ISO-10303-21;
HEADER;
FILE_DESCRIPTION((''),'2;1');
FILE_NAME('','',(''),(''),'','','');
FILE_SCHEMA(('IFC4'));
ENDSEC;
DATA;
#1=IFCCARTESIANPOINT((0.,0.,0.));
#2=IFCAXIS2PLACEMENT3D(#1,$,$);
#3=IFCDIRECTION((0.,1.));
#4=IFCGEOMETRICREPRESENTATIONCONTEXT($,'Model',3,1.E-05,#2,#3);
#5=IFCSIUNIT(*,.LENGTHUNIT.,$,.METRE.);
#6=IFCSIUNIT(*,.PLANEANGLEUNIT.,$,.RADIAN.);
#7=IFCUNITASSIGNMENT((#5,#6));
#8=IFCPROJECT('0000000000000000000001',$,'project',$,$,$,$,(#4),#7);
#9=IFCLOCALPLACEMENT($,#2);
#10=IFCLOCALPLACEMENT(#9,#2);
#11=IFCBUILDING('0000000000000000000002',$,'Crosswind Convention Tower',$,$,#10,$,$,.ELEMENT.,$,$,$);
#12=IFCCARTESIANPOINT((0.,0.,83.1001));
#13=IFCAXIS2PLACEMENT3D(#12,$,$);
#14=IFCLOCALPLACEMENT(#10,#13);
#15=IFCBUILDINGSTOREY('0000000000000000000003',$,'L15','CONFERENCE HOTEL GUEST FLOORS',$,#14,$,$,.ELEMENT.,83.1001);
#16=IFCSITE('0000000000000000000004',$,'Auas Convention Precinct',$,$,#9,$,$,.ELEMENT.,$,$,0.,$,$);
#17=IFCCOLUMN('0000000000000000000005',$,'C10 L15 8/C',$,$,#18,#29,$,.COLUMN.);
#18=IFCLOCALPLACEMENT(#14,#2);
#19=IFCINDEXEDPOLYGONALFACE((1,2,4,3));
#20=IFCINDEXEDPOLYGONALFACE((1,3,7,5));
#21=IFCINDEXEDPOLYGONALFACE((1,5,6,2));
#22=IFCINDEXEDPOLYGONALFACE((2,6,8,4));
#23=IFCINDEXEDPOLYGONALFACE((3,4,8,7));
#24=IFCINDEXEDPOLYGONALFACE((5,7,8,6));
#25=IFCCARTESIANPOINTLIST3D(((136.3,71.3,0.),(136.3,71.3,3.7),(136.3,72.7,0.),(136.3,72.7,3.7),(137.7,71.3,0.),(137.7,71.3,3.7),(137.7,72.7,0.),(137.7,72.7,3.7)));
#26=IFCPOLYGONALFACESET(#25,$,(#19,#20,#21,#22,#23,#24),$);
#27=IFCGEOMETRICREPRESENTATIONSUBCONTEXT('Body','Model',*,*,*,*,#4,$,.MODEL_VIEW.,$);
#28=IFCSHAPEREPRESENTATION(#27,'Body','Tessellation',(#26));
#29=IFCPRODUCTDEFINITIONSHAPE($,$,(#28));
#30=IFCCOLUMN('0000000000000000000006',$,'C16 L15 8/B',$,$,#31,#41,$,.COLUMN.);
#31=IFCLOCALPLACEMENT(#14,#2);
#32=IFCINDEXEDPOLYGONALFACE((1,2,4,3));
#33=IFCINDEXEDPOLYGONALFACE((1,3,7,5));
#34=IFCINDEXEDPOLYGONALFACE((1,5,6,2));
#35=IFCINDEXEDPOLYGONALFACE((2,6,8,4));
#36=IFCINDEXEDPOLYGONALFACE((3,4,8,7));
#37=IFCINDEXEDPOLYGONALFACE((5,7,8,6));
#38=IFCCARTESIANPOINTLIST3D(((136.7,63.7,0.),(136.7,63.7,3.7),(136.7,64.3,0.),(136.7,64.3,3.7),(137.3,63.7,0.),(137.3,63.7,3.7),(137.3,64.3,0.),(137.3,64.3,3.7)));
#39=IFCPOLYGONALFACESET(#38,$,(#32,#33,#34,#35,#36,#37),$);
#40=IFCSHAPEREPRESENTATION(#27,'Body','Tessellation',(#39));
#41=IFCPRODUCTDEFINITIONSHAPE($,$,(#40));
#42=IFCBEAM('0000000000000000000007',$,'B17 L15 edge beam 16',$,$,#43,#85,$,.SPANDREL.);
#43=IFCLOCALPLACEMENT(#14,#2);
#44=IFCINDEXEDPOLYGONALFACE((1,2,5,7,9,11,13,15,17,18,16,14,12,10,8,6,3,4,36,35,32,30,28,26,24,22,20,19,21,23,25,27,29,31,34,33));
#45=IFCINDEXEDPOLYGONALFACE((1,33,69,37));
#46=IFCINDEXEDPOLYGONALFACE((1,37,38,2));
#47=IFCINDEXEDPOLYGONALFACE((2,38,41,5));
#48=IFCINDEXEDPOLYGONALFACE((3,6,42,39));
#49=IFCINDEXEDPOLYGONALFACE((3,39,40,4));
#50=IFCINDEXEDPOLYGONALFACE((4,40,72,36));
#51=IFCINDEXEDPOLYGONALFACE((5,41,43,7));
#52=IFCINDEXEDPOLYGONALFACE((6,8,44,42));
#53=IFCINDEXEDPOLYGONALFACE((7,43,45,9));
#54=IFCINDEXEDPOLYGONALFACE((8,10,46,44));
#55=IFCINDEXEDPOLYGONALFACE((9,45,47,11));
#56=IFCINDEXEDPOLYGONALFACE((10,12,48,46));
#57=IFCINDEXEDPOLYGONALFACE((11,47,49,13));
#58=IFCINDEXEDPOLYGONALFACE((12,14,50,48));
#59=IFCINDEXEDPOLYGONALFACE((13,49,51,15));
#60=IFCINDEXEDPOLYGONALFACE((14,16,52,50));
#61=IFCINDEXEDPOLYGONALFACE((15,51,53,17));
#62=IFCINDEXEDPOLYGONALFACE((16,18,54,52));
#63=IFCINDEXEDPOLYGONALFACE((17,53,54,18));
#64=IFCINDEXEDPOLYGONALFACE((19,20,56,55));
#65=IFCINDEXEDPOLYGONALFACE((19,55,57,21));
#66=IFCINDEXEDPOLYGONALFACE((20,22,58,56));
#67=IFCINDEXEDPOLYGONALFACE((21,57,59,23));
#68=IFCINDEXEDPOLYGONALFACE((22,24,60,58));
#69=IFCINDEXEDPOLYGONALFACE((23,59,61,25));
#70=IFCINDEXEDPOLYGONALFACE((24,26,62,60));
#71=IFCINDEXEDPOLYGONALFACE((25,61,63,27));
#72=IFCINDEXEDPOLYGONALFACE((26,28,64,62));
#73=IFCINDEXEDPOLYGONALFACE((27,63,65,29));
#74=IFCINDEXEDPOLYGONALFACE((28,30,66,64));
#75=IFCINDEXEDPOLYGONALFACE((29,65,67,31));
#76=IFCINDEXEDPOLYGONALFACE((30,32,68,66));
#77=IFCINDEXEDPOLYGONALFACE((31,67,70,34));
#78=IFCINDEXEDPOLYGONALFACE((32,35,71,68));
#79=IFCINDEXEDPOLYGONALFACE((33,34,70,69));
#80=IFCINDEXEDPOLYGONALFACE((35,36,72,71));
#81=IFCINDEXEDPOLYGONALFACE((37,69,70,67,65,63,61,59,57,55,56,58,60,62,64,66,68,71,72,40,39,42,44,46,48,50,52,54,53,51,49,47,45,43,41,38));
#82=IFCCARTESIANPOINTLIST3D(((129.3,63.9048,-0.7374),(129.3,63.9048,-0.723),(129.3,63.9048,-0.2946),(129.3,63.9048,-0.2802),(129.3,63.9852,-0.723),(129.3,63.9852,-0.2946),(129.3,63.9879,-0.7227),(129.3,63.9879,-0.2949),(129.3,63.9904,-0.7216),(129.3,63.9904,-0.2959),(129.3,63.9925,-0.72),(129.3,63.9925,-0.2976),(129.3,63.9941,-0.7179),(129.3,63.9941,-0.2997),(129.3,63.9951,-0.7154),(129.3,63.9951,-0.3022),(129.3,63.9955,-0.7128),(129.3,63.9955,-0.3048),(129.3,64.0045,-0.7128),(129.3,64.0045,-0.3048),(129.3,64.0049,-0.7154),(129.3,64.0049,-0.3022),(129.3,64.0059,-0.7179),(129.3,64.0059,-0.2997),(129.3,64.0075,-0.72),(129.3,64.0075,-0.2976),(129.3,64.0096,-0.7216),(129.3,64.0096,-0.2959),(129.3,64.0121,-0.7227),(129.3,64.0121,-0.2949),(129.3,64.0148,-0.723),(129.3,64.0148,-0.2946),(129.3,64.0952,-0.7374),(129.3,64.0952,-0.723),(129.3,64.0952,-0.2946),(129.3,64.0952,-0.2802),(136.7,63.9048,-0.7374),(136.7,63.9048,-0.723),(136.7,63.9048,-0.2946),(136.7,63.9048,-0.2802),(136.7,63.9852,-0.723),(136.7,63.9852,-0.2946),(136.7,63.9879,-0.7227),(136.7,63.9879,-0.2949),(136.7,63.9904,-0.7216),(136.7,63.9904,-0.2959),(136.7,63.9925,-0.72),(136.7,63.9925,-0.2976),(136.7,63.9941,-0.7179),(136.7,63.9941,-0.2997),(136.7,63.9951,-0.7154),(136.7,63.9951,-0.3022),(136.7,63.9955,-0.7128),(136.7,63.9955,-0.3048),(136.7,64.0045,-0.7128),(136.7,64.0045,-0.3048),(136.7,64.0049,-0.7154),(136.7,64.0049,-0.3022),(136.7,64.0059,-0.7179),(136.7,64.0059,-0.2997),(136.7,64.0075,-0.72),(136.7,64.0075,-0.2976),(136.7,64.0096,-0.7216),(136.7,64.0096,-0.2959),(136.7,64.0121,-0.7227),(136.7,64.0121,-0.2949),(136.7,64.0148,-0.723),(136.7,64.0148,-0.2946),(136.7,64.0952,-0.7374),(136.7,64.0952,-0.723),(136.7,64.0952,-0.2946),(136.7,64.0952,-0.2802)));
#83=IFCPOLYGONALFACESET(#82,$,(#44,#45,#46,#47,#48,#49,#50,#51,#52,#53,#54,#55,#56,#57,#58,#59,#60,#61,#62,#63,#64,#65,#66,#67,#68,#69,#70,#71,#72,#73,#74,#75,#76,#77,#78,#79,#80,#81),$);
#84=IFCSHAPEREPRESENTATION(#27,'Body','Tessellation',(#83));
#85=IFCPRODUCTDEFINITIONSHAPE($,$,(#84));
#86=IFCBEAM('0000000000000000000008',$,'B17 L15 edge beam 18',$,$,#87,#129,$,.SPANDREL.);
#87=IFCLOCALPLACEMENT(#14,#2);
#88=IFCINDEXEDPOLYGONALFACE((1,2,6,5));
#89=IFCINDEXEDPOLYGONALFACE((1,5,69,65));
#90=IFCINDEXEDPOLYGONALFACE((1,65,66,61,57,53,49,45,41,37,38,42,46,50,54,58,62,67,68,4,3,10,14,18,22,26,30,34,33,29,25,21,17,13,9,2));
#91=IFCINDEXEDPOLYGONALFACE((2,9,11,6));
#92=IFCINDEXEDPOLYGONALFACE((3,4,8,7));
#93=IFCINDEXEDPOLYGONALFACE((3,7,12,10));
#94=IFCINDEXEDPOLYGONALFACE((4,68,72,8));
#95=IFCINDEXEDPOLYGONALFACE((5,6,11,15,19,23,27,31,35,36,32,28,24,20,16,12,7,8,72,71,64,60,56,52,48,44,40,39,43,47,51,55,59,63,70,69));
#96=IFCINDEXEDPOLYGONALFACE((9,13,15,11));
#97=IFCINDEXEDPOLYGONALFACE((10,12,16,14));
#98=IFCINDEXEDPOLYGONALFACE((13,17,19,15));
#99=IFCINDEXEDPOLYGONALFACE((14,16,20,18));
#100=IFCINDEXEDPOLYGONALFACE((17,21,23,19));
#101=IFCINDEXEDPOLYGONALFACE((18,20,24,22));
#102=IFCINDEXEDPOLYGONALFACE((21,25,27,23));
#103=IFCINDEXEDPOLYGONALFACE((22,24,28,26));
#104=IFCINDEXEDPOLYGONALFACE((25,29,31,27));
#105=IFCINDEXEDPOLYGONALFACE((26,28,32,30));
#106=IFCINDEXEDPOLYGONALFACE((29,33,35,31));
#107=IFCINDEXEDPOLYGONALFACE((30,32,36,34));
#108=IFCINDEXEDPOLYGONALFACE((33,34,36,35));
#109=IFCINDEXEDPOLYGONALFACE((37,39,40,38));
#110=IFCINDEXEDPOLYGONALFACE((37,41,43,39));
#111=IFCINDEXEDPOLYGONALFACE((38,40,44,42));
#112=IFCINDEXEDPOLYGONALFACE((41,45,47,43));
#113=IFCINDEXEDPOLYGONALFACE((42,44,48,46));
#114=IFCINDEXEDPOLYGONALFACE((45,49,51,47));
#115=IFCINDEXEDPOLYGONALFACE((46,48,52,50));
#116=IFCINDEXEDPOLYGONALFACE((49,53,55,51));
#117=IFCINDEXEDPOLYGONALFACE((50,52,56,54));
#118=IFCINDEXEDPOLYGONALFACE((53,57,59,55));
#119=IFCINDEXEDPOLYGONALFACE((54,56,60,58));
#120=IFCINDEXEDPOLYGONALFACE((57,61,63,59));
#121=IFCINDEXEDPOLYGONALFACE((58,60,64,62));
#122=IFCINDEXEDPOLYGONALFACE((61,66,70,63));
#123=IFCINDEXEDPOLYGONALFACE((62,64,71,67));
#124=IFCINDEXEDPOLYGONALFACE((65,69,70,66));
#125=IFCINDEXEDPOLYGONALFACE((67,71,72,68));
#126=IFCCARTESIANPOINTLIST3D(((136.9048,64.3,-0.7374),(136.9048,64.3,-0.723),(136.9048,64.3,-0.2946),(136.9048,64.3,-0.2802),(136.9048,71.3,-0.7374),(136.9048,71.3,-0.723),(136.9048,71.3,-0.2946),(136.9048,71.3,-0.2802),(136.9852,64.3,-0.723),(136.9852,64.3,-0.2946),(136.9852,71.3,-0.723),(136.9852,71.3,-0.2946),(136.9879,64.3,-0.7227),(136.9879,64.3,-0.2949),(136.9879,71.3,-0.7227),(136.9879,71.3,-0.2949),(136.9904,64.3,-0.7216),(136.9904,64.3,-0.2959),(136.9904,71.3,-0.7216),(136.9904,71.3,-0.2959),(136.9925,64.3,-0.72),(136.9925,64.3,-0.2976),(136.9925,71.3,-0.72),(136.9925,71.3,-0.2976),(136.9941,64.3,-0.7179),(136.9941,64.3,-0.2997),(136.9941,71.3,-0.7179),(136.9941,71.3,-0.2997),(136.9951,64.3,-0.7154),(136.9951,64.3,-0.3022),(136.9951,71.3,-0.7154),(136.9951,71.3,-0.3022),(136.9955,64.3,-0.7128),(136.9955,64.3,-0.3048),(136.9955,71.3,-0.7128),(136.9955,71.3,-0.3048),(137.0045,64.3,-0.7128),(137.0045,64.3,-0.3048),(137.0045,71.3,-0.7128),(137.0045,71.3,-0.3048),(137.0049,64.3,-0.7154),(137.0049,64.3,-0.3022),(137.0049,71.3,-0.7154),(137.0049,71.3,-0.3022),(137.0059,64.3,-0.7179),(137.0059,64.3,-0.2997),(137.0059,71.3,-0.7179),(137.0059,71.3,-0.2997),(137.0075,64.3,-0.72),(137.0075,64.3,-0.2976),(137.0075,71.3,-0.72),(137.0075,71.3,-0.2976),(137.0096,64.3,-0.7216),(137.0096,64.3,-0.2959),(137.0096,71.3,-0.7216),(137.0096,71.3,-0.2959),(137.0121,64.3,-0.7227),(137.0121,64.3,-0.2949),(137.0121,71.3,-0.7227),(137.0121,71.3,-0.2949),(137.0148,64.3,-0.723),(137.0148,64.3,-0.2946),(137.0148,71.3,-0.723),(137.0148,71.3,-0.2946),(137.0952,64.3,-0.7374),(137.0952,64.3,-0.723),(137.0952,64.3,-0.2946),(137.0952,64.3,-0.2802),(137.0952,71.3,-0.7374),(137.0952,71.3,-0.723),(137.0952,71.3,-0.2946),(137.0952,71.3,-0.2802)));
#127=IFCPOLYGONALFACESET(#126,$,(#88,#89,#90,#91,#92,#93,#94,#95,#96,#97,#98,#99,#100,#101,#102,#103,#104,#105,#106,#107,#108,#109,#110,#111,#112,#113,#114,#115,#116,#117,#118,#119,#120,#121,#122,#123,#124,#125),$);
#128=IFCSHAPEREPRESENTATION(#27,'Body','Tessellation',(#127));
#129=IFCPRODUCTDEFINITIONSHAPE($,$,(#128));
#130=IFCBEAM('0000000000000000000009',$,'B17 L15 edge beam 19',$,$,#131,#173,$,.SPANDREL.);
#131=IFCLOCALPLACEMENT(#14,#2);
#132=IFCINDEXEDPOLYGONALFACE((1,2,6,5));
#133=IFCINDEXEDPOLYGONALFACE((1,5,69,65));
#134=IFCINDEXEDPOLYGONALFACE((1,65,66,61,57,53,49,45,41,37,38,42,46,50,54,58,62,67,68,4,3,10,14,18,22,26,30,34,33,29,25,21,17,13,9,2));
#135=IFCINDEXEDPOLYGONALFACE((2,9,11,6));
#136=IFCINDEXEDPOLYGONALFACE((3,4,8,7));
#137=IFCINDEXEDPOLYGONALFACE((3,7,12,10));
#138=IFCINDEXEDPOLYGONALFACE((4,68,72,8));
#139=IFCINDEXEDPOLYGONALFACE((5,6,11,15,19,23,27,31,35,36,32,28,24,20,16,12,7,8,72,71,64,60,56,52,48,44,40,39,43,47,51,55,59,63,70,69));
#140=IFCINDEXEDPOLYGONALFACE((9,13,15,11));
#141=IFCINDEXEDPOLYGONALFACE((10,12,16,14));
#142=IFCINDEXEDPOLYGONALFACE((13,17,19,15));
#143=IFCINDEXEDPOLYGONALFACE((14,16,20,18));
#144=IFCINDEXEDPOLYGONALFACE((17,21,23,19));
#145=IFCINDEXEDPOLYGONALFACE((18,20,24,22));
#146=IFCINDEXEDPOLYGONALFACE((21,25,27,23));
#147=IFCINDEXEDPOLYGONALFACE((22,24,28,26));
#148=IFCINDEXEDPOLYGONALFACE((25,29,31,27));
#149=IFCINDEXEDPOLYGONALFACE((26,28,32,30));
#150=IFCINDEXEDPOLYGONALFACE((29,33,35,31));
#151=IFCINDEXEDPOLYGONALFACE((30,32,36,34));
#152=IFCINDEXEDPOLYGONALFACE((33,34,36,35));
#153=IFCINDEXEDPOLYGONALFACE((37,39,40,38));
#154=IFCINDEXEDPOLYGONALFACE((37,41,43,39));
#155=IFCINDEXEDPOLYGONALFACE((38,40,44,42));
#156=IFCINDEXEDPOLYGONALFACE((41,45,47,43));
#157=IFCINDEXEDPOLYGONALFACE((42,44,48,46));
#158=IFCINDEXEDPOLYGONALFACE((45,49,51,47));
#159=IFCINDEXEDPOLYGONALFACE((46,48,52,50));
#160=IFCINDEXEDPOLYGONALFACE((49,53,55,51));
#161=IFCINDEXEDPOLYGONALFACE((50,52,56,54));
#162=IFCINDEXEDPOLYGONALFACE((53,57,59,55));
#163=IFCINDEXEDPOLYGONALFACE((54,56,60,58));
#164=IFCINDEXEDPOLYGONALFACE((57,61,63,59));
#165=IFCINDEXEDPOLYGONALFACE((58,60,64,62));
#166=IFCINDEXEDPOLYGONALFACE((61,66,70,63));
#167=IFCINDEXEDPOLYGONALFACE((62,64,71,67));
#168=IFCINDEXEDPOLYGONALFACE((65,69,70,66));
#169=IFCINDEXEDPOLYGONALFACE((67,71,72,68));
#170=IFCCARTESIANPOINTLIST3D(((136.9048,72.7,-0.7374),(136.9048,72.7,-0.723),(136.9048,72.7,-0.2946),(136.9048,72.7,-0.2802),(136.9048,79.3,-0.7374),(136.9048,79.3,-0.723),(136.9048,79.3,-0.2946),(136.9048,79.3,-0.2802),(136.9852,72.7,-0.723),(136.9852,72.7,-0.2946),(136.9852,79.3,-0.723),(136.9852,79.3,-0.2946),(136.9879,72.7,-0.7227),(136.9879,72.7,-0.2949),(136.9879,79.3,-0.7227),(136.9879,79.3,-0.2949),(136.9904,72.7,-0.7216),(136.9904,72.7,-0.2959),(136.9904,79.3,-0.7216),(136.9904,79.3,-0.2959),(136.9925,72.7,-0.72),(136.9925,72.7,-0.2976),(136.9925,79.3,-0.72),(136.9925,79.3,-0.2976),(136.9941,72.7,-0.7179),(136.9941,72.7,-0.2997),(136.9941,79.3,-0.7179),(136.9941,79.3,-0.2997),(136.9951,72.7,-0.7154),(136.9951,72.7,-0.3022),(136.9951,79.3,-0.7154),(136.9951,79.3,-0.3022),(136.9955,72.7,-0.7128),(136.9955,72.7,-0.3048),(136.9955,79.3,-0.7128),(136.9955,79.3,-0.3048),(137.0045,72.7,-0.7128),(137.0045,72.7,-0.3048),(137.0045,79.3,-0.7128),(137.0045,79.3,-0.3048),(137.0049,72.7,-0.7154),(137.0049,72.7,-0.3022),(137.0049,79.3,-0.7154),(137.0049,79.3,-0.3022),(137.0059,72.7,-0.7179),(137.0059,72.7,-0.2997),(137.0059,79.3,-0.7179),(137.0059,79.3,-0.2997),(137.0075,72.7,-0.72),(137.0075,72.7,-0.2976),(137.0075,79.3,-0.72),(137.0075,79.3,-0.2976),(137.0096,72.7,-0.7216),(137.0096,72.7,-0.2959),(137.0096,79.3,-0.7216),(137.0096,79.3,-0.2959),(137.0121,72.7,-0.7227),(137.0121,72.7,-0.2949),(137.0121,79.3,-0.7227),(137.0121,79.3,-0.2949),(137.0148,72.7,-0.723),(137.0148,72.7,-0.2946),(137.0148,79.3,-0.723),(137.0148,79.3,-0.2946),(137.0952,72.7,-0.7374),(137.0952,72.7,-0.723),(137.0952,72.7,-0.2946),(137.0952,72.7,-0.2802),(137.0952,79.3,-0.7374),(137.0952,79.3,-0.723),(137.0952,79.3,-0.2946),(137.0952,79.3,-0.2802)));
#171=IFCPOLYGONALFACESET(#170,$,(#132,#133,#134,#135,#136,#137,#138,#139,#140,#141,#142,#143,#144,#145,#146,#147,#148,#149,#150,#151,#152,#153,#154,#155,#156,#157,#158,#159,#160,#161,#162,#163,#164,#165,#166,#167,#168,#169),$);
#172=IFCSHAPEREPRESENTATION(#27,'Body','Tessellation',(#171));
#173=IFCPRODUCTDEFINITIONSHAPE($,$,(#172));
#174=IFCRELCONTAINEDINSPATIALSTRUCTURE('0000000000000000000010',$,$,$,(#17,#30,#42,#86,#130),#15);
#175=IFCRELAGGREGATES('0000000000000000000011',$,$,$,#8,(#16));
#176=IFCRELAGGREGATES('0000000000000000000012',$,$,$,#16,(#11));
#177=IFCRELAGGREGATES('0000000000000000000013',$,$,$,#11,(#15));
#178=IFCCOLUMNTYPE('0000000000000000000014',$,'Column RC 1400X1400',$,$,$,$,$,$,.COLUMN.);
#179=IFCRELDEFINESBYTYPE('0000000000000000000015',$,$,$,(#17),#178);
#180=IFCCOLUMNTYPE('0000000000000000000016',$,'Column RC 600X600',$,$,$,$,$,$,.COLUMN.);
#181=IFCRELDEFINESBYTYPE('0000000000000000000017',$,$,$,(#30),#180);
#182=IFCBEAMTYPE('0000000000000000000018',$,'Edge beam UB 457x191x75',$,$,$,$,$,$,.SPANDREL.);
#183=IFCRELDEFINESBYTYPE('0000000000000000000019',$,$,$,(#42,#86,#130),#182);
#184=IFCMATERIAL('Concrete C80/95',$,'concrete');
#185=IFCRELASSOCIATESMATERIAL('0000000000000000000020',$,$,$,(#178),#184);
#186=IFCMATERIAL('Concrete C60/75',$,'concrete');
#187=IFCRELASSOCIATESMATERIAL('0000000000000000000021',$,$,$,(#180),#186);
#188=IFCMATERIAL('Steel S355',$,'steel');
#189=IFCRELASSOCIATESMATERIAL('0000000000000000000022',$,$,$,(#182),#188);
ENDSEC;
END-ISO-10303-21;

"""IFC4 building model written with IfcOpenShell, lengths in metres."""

from ifc_helpers import new_model, si_unit, direction, frame, origin, origin_2d, place, context, subcontext, project, spatial, rectangle, i_section, extrude, material, material_profile, profile_set, type_object, element, save


model = new_model("IFC4")

# Units and contexts
model_context = context("Model", 3, precision=1e-05, world=origin(), true_north=direction((0.0, 1.0)))
body_context = subcontext(model_context, "Body", "Model", "MODEL_VIEW")
ifc_project = project(units=[si_unit("LENGTHUNIT", "METRE"), si_unit("PLANEANGLEUNIT", "RADIAN")], contexts=[model_context])

# Site, building, storey
site_placement = place(None, origin())
site = spatial("IfcSite", under=ifc_project, at=site_placement, Name="Auas Convention Precinct", CompositionType="ELEMENT", RefElevation=0.0)
building_placement = place(site_placement, origin())
building = spatial("IfcBuilding", under=site, at=building_placement, Name="Crosswind Convention Tower", CompositionType="ELEMENT")
storey_placement = place(building_placement, frame((0.0, 0.0, 83.1001)))
storey = spatial("IfcBuildingStorey", under=building, at=storey_placement, Name="L15", Description="CONFERENCE HOTEL GUEST FLOORS", CompositionType="ELEMENT", Elevation=83.1001)

# Columns
ifc_material_1 = material(Name="Concrete C80/95", Category="concrete")
ifc_material_profile_1 = material_profile(ifc_material_1, rectangle(XDim=1.3999, YDim=1.3999, at=origin_2d()), Name="RC 1400X1400")
ifc_profile_set_1 = profile_set([ifc_material_profile_1], Name="Concrete C80/95")
column_type_1 = type_object("IfcColumnType", Name="Column RC 1400X1400", PredefinedType="COLUMN", material=ifc_profile_set_1)
column_1_placement = place(storey_placement, frame((137.0, 72.0, 0.0), z_axis=(0.0, 0.0, 1.0), x_axis=(1.0, 0.0, 0.0)))
element("IfcColumn", 1, at=column_1_placement, inside=storey, type_object=column_type_1, Name="C10 L15 8/C", PredefinedType="COLUMN", context=body_context, shape_type="SweptSolid", body=[
    extrude(rectangle(XDim=1.3999, YDim=1.3999, at=origin_2d()), origin(), (0.0, 0.0, 1.0), 3.7),
])
ifc_material_2 = material(Name="Concrete C60/75", Category="concrete")
ifc_material_profile_2 = material_profile(ifc_material_2, rectangle(XDim=0.6001, YDim=0.6001, at=origin_2d()), Name="RC 600X600")
ifc_profile_set_2 = profile_set([ifc_material_profile_2], Name="Concrete C60/75")
column_type_2 = type_object("IfcColumnType", Name="Column RC 600X600", PredefinedType="COLUMN", material=ifc_profile_set_2)
column_2_placement = place(storey_placement, frame((137.0, 64.0, 0.0), z_axis=(0.0, 0.0, 1.0), x_axis=(1.0, 0.0, 0.0)))
element("IfcColumn", 2, at=column_2_placement, inside=storey, type_object=column_type_2, Name="C16 L15 8/B", PredefinedType="COLUMN", context=body_context, shape_type="SweptSolid", body=[
    extrude(rectangle(XDim=0.6001, YDim=0.6001, at=origin_2d()), origin(), (0.0, 0.0, 1.0), 3.7),
])

# Beams
ifc_material_3 = material(Name="Steel S355", Category="steel")
ifc_material_profile_3 = material_profile(ifc_material_3, i_section(OverallWidth=0.1904, OverallDepth=0.4573, WebThickness=0.009, FlangeThickness=0.0144, FilletRadius=0.0103, at=origin_2d()), Name="UB 457x191x75")
ifc_profile_set_3 = profile_set([ifc_material_profile_3], Name="Steel S355")
beam_type_1 = type_object("IfcBeamType", Name="Edge beam UB 457x191x75", PredefinedType="SPANDREL", material=ifc_profile_set_3)
beam_1_placement = place(storey_placement, frame((129.3, 64.0, -0.5088), z_axis=(1.0, 0.0, 0.0), x_axis=(0.0, 1.0, 0.0)))
element("IfcBeam", 3, at=beam_1_placement, inside=storey, type_object=beam_type_1, Name="B17 L15 edge beam 16", PredefinedType="SPANDREL", context=body_context, shape_type="SweptSolid", body=[
    extrude(i_section(OverallWidth=0.1904, OverallDepth=0.4573, WebThickness=0.009, FlangeThickness=0.0144, FilletRadius=0.0103, at=origin_2d()), origin(), (0.0, 0.0, 1.0), 7.3999),
])
beam_2_placement = place(storey_placement, frame((137.0, 64.3, -0.5088), z_axis=(0.0, 1.0, 0.0), x_axis=(-1.0, 0.0, 0.0)))
element("IfcBeam", 4, at=beam_2_placement, inside=storey, type_object=beam_type_1, Name="B17 L15 edge beam 18", PredefinedType="SPANDREL", context=body_context, shape_type="SweptSolid", body=[
    extrude(i_section(OverallWidth=0.1904, OverallDepth=0.4573, WebThickness=0.009, FlangeThickness=0.0144, FilletRadius=0.0103, at=origin_2d()), origin(), (0.0, 0.0, 1.0), 7.0),
])
beam_3_placement = place(storey_placement, frame((137.0, 72.7, -0.5088), z_axis=(0.0, 1.0, 0.0), x_axis=(-1.0, 0.0, 0.0)))
element("IfcBeam", 5, at=beam_3_placement, inside=storey, type_object=beam_type_1, Name="B17 L15 edge beam 19", PredefinedType="SPANDREL", context=body_context, shape_type="SweptSolid", body=[
    extrude(i_section(OverallWidth=0.1904, OverallDepth=0.4573, WebThickness=0.009, FlangeThickness=0.0144, FilletRadius=0.0103, at=origin_2d()), origin(), (0.0, 0.0, 1.0), 6.6001),
])

save(model, "model.ifc")
